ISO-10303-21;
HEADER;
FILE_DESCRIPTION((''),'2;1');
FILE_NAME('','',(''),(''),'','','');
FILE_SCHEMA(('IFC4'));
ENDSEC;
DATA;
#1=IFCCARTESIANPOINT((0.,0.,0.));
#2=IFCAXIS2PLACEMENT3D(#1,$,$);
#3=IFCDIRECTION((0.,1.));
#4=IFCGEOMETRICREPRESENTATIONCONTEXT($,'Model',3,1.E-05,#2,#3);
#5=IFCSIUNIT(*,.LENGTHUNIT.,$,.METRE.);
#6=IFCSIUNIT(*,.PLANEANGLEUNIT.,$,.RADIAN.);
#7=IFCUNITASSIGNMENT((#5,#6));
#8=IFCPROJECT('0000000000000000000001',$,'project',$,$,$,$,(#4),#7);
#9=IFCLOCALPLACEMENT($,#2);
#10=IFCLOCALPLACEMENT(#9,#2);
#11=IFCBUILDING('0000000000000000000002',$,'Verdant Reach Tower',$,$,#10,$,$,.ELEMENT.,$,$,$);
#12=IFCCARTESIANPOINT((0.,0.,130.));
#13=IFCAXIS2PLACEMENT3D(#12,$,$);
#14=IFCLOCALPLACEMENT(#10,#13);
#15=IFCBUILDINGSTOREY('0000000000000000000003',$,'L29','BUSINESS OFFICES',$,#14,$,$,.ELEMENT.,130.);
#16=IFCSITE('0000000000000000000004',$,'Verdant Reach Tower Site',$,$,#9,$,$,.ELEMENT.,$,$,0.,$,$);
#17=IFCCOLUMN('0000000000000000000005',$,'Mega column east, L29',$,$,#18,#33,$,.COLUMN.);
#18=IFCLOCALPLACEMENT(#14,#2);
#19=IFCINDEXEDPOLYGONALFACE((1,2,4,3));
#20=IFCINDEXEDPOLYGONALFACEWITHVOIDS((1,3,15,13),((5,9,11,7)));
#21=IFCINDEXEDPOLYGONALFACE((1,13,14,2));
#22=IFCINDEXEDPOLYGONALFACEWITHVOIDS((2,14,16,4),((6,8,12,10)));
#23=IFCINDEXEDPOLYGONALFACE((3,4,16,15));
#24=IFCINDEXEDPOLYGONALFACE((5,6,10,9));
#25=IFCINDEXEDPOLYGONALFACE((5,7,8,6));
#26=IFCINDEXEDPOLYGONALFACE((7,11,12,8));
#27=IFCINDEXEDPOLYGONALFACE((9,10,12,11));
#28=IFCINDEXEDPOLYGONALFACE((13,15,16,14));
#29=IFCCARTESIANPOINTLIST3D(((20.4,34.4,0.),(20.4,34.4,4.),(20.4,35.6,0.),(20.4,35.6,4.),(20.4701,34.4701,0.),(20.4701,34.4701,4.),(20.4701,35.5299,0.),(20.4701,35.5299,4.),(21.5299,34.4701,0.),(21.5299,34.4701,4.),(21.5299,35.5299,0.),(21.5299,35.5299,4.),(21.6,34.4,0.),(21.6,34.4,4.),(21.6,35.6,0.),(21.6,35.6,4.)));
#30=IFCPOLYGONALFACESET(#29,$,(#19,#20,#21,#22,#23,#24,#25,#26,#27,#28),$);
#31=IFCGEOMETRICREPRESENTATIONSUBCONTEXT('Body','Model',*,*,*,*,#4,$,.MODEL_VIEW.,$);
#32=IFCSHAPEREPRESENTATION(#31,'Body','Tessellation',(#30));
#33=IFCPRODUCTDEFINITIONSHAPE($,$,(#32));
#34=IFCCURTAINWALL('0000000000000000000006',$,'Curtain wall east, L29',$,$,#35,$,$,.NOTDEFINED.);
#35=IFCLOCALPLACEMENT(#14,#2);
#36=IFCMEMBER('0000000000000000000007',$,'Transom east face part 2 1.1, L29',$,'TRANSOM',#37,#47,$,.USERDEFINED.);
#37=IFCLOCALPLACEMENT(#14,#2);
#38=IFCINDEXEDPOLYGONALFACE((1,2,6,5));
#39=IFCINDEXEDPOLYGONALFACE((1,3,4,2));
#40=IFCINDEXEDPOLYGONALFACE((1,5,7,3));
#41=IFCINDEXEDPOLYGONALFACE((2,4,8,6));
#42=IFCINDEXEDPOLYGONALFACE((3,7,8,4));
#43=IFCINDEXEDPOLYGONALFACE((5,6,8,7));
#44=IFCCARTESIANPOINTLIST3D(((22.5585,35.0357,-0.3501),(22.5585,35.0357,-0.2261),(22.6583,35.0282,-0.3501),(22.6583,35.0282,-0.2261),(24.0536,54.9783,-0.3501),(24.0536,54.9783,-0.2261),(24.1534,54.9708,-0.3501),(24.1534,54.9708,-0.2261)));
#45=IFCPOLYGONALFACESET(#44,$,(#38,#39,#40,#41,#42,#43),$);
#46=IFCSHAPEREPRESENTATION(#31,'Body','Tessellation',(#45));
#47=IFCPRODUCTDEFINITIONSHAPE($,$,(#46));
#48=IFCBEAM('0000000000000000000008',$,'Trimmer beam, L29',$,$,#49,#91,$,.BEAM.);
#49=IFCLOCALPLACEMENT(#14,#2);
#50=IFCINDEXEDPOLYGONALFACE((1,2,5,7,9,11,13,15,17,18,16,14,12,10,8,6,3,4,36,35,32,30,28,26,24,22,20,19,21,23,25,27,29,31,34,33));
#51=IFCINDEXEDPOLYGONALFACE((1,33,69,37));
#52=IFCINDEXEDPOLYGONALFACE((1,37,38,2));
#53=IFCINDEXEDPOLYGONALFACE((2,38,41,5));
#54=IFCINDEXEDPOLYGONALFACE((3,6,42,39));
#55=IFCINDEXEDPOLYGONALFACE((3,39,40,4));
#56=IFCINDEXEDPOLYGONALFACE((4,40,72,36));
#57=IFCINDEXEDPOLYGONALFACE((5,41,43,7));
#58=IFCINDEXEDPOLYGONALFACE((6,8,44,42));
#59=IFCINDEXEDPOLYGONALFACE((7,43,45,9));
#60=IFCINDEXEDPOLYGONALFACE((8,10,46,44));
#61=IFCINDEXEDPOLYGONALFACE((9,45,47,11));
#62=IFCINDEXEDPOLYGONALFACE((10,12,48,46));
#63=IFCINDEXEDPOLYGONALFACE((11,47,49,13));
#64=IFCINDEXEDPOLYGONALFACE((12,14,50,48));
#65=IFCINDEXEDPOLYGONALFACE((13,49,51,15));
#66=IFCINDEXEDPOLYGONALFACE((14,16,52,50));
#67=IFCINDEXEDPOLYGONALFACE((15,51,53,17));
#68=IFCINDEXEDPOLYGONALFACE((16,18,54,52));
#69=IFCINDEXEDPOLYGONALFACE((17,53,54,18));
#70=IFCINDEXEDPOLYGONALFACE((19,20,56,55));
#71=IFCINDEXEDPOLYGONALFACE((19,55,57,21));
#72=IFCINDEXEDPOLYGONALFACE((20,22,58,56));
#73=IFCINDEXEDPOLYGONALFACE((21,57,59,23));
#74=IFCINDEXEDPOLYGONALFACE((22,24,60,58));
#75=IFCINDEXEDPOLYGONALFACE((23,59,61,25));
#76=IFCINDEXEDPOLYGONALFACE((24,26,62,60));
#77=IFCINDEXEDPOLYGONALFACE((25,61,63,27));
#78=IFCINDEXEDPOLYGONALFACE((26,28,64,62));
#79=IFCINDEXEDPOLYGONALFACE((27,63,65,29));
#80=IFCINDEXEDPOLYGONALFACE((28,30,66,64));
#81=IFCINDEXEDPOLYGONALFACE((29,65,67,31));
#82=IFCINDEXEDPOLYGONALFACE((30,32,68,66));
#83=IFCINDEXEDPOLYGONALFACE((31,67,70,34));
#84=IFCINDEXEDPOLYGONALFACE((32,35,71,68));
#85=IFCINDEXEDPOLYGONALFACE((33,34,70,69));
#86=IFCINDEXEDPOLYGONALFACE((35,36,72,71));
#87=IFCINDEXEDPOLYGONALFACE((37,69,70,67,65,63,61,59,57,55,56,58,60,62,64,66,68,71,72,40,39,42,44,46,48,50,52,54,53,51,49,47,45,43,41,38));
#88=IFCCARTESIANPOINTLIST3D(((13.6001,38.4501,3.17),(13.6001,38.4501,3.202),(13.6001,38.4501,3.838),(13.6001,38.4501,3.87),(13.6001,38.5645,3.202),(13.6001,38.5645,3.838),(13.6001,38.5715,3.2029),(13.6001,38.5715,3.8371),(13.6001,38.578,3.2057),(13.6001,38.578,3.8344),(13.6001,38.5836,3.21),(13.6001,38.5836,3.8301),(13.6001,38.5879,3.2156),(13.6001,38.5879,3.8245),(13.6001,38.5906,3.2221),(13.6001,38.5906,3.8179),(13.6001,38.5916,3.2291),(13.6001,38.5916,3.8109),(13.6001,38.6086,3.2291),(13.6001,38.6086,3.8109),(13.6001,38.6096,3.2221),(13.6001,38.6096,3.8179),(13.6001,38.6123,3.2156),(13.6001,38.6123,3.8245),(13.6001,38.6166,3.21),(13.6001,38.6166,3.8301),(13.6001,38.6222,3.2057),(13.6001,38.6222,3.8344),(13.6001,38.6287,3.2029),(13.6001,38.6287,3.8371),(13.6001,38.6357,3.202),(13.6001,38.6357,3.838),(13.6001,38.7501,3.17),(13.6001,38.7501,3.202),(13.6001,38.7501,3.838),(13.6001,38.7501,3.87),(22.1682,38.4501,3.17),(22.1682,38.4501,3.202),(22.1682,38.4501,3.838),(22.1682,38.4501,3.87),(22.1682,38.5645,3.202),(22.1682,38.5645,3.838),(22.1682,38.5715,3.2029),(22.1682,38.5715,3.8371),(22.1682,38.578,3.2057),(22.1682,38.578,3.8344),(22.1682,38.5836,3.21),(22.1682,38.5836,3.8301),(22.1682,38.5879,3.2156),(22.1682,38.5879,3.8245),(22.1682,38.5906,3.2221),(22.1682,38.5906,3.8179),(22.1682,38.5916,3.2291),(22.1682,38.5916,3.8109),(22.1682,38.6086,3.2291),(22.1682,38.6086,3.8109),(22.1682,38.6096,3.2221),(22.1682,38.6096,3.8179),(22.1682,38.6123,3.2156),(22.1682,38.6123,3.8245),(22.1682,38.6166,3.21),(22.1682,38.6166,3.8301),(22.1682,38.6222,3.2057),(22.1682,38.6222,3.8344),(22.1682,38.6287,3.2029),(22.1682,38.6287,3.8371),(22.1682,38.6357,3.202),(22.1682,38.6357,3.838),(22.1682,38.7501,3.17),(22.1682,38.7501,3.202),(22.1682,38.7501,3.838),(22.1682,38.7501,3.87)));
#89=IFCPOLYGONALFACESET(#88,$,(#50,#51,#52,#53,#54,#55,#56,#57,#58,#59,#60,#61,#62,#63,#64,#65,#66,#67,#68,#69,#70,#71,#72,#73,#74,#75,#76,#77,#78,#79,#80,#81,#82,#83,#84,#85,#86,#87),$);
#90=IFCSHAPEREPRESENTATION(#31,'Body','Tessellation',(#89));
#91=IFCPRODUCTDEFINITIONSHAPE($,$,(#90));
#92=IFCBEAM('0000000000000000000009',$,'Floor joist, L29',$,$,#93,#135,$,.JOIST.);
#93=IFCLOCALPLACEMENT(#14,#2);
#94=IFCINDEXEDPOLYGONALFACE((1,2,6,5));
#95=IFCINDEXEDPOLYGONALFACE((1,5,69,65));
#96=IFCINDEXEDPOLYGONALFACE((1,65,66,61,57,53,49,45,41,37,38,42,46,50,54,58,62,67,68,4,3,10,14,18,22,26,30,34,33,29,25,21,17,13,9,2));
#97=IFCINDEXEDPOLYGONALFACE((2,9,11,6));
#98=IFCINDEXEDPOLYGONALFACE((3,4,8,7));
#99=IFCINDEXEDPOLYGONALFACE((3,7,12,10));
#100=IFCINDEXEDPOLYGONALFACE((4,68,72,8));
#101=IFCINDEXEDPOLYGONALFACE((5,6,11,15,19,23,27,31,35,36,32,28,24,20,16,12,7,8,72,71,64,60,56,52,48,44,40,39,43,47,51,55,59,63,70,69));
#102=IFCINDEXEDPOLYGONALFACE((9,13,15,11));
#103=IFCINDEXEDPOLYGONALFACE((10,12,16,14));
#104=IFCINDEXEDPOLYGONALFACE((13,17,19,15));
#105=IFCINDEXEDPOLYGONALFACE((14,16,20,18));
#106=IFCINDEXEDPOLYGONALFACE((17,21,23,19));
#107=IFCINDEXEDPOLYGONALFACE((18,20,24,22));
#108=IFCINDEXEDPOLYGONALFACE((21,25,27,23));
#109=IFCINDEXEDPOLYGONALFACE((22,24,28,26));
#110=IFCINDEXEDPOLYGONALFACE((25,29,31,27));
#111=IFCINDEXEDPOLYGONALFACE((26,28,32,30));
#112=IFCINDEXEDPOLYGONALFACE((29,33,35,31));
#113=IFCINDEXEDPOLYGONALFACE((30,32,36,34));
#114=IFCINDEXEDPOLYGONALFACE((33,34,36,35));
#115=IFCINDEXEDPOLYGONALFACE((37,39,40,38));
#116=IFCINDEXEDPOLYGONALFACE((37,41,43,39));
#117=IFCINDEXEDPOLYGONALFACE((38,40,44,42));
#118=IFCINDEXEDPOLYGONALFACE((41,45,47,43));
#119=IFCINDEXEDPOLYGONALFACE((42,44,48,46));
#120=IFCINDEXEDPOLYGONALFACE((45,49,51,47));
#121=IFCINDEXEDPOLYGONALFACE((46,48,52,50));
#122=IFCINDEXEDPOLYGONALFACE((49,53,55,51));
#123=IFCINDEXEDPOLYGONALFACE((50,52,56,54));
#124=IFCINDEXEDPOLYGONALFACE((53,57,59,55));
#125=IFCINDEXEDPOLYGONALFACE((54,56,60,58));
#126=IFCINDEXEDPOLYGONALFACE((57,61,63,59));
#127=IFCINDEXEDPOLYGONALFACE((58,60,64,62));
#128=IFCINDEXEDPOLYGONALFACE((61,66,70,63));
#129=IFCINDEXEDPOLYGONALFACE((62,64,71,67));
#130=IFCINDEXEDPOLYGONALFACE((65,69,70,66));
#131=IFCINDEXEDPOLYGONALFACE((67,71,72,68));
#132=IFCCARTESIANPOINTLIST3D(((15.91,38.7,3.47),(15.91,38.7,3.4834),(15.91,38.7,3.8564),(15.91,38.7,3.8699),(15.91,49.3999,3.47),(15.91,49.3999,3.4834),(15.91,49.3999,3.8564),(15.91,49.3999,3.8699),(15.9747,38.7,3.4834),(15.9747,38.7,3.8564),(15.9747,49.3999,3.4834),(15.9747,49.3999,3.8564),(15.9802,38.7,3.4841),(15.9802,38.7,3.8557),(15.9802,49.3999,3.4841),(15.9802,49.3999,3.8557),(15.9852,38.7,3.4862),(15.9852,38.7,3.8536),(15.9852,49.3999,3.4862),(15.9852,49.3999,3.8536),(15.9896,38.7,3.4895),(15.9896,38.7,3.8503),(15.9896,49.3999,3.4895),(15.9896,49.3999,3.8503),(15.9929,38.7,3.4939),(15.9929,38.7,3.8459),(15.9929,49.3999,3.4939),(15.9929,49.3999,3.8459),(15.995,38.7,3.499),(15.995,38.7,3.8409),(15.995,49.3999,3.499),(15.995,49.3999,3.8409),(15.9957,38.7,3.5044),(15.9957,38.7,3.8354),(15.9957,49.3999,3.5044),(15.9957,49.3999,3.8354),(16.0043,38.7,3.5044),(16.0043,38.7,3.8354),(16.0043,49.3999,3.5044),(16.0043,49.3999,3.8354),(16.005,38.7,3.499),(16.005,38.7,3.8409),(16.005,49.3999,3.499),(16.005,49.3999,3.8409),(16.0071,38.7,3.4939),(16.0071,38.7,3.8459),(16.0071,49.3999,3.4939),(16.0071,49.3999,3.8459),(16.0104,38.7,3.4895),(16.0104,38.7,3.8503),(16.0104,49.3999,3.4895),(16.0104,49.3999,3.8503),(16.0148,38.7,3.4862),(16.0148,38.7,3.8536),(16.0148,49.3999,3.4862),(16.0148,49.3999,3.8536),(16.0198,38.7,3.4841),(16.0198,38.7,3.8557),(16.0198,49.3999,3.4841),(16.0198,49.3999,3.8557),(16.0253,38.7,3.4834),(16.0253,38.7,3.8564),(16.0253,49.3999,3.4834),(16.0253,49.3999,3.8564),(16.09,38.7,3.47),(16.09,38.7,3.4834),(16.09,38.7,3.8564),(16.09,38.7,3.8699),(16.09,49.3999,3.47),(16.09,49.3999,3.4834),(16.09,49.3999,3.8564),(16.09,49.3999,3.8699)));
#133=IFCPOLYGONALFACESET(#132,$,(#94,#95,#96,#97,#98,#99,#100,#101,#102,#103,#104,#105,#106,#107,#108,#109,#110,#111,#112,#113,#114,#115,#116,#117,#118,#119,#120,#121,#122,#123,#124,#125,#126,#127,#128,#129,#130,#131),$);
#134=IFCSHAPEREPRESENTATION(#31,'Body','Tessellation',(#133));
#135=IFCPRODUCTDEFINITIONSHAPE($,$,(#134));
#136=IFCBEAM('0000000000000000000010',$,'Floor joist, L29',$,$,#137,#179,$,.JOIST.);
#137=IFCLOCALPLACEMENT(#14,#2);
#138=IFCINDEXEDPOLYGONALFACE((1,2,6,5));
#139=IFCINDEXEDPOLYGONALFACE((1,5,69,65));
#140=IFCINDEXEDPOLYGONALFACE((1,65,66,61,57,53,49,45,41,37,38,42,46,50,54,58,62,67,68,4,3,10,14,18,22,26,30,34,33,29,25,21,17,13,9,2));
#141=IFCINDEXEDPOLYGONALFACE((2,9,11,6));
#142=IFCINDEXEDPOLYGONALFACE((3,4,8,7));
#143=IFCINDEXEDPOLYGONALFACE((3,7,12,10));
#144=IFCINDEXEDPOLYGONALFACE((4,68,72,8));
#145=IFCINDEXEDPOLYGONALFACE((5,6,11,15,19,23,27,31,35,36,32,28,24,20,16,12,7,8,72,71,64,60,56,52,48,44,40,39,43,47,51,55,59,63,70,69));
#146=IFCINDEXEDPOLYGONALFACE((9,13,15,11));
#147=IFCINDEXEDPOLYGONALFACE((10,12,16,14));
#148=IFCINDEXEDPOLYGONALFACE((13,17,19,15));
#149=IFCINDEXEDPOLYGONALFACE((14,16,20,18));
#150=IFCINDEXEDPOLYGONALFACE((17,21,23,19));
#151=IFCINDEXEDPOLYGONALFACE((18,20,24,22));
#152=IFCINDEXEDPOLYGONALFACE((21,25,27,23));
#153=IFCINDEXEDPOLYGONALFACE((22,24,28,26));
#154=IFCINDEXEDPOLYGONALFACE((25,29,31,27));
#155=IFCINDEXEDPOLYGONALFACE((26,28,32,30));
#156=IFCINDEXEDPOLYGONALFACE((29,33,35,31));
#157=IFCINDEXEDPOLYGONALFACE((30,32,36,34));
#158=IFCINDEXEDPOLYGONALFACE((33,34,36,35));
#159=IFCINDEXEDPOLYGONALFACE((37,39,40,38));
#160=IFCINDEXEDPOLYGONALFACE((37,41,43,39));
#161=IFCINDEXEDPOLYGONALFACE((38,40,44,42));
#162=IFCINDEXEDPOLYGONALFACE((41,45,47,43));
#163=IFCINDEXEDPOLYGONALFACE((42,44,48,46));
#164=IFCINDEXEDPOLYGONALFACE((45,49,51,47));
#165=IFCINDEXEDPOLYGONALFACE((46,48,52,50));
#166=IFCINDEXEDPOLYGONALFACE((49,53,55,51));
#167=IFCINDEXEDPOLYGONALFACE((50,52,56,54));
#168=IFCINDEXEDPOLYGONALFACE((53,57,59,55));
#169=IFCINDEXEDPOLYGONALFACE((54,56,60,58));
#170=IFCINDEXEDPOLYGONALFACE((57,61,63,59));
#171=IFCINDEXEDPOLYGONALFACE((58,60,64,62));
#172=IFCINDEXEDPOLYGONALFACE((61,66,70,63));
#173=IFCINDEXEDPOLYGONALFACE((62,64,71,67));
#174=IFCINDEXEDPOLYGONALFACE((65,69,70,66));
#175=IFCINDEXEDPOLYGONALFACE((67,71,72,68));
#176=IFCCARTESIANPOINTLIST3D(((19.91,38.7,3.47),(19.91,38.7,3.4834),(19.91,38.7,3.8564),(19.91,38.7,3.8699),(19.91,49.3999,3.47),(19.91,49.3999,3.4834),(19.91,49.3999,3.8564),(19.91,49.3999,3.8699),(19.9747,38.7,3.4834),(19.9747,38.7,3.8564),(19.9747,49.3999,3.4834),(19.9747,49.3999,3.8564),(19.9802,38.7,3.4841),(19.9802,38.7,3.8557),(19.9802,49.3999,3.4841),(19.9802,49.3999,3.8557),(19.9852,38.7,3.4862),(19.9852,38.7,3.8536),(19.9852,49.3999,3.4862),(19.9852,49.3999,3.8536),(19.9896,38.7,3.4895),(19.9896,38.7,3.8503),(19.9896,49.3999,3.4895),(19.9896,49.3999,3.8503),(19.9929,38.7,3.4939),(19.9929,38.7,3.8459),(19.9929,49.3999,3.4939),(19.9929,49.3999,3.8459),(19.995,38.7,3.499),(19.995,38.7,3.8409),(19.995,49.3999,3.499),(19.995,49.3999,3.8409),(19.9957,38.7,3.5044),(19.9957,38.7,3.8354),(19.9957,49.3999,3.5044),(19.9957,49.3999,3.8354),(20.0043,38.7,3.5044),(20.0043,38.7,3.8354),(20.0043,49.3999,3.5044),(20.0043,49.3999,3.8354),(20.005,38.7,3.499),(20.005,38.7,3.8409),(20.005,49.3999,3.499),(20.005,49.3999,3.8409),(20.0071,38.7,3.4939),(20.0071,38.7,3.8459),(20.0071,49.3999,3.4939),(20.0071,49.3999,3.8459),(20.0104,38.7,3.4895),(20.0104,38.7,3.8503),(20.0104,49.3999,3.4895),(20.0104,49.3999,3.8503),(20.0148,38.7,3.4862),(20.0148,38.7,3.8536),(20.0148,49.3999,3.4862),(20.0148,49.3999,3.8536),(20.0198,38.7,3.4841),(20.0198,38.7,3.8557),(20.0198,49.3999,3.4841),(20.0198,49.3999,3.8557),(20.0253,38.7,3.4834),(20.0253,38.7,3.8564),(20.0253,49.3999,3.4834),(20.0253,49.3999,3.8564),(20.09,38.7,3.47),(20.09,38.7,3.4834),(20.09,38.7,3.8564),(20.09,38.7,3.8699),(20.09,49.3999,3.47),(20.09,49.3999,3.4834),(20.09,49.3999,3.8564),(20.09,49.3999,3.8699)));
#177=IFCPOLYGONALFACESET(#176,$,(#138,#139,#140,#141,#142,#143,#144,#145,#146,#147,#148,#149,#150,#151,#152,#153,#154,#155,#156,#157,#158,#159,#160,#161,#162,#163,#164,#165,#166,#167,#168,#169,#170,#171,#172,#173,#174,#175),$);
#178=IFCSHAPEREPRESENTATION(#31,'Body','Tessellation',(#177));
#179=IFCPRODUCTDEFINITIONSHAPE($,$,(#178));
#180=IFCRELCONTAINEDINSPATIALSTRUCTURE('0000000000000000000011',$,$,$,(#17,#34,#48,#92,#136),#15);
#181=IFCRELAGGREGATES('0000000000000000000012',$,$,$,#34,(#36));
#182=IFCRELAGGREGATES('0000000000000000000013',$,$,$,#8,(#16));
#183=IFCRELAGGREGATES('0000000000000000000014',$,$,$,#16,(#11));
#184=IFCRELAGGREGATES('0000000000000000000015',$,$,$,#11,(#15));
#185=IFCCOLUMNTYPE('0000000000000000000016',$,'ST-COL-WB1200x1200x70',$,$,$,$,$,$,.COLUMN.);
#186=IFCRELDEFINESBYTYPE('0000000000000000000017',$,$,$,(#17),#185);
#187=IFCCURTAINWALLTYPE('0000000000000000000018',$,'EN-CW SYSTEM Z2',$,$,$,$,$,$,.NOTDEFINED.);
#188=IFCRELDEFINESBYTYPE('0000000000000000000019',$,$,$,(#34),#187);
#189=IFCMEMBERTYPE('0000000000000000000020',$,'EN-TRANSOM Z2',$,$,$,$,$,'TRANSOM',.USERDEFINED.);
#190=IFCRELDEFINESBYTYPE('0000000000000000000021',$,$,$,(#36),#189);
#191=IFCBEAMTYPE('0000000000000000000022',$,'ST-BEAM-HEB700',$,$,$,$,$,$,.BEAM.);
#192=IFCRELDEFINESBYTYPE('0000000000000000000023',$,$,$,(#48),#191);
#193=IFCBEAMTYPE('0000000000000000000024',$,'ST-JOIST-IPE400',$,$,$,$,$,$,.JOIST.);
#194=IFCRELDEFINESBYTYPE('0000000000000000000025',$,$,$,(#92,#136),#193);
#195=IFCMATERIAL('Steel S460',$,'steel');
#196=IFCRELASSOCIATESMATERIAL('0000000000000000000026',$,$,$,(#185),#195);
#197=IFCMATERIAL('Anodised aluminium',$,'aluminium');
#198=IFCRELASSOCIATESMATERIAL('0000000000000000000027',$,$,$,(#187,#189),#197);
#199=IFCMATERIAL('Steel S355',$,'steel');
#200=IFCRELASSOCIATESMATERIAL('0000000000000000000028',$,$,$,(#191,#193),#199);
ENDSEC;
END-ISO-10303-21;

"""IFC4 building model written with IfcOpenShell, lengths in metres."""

from ifc_helpers import new_model, si_unit, direction, frame, origin, origin_2d, place, context, subcontext, project, spatial, rectangle, hollow_rectangle, i_section, extrude, material, material_profile, profile_set, type_object, element, aggregate, save


model = new_model("IFC4")

# Units and contexts
model_context = context("Model", 3, precision=1e-05, world=origin(), true_north=direction((0.0, 1.0)))
body_context = subcontext(model_context, "Body", "Model", "MODEL_VIEW")
ifc_project = project(units=[si_unit("LENGTHUNIT", "METRE"), si_unit("PLANEANGLEUNIT", "RADIAN")], contexts=[model_context])

# Site, building, storey
site_placement = place(None, origin())
site = spatial("IfcSite", under=ifc_project, at=site_placement, Name="Verdant Reach Tower Site", CompositionType="ELEMENT", RefElevation=0.0)
building_placement = place(site_placement, origin())
building = spatial("IfcBuilding", under=site, at=building_placement, Name="Verdant Reach Tower", CompositionType="ELEMENT")
storey_placement = place(building_placement, frame((0.0, 0.0, 130.0)))
storey = spatial("IfcBuildingStorey", under=building, at=storey_placement, Name="L29", Description="BUSINESS OFFICES", CompositionType="ELEMENT", Elevation=130.0)

# Column
ifc_material_1 = material(Name="Steel S460", Category="steel")
ifc_material_profile_1 = material_profile(ifc_material_1, hollow_rectangle(XDim=1.2, YDim=1.2, WallThickness=0.0701, at=origin_2d()), Name="WB 1200x1200x70")
ifc_profile_set_1 = profile_set([ifc_material_profile_1], Name="Steel S460")
column_type = type_object("IfcColumnType", Name="ST-COL-WB1200x1200x70", PredefinedType="COLUMN", material=ifc_profile_set_1)
column_placement = place(storey_placement, frame((21.0, 35.0, 0.0), z_axis=(0.0, 0.0, 1.0), x_axis=(1.0, 0.0, 0.0)))
element("IfcColumn", 1, at=column_placement, inside=storey, type_object=column_type, Name="Mega column east, L29", PredefinedType="COLUMN", context=body_context, shape_type="SweptSolid", body=[
    extrude(hollow_rectangle(XDim=1.2, YDim=1.2, WallThickness=0.0701, at=origin_2d()), origin(), (0.0, 0.0, 1.0), 4.0),
])

# Curtain wall, member
ifc_material_2 = material(Name="Anodised aluminium", Category="aluminium")
curtain_wall_type = type_object("IfcCurtainWallType", Name="EN-CW SYSTEM Z2", PredefinedType="NOTDEFINED", material=ifc_material_2)
curtain_wall_placement = place(storey_placement, origin())
curtain_wall = element("IfcCurtainWall", 2, at=curtain_wall_placement, inside=storey, type_object=curtain_wall_type, Name="Curtain wall east, L29", PredefinedType="NOTDEFINED")
ifc_material_profile_2 = material_profile(ifc_material_2, rectangle(XDim=0.1001, YDim=0.124, at=origin_2d()), Name="Transom 124x100")
ifc_profile_set_2 = profile_set([ifc_material_profile_2], Name="Anodised aluminium")
member_type = type_object("IfcMemberType", Name="EN-TRANSOM Z2", ElementType="TRANSOM", PredefinedType="USERDEFINED", material=ifc_profile_set_2)
member_placement = place(storey_placement, frame((22.6084, 35.032, -0.2881), z_axis=(0.074761, 0.997201, 0.0), x_axis=(-0.997201, 0.074761, 0.0)))
member = element("IfcMember", 3, at=member_placement, type_object=member_type, Name="Transom east face part 2 1.1, L29", ObjectType="TRANSOM", PredefinedType="USERDEFINED", context=body_context, shape_type="SweptSolid", body=[
    extrude(rectangle(XDim=0.1001, YDim=0.124, at=origin_2d()), origin(), (0.0, 0.0, 1.0), 19.9985),
])

# Beams
ifc_material_3 = material(Name="Steel S355", Category="steel")
ifc_material_profile_3 = material_profile(ifc_material_3, i_section(OverallWidth=0.3, OverallDepth=0.7, WebThickness=0.0171, FlangeThickness=0.032, FilletRadius=0.0271, at=origin_2d()), Name="HEB 700")
ifc_profile_set_3 = profile_set([ifc_material_profile_3], Name="Steel S355")
beam_type_1 = type_object("IfcBeamType", Name="ST-BEAM-HEB700", PredefinedType="BEAM", material=ifc_profile_set_3)
beam_1_placement = place(storey_placement, frame((13.6001, 38.6001, 3.52), z_axis=(1.0, 0.0, 0.0), x_axis=(0.0, 1.0, 0.0)))
element("IfcBeam", 4, at=beam_1_placement, inside=storey, type_object=beam_type_1, Name="Trimmer beam, L29", PredefinedType="BEAM", context=body_context, shape_type="SweptSolid", body=[
    extrude(i_section(OverallWidth=0.3, OverallDepth=0.7, WebThickness=0.0171, FlangeThickness=0.032, FilletRadius=0.0271, at=origin_2d()), origin(), (0.0, 0.0, 1.0), 8.5681),
])
ifc_material_profile_4 = material_profile(ifc_material_3, i_section(OverallWidth=0.1799, OverallDepth=0.3999, WebThickness=0.0085, FlangeThickness=0.0134, FilletRadius=0.021, at=origin_2d()), Name="IPE 400")
ifc_profile_set_4 = profile_set([ifc_material_profile_4], Name="Steel S355")
beam_type_2 = type_object("IfcBeamType", Name="ST-JOIST-IPE400", PredefinedType="JOIST", material=ifc_profile_set_4)
for number, where, z_axis, x_axis, name in (
    (5, (16.0, 38.7, 3.6699), (0.0, 1.0, 0.0), (-1.0, 0.0, 0.0), "Floor joist, L29"),
    (6, (20.0, 38.7, 3.6699), (0.0, 1.0, 0.0), (-1.0, 0.0, 0.0), "Floor joist, L29"),
):
    element("IfcBeam", number, at=place(storey_placement, frame(where, z_axis=z_axis, x_axis=x_axis)), inside=storey, type_object=beam_type_2, Name=name, PredefinedType="JOIST", context=body_context, shape_type="SweptSolid", body=[
        extrude(i_section(OverallWidth=0.1799, OverallDepth=0.3999, WebThickness=0.0085, FlangeThickness=0.0134, FilletRadius=0.021, at=origin_2d()), origin(), (0.0, 0.0, 1.0), 10.7),
    ])

aggregate(curtain_wall, [member])

save(model, "model.ifc")
